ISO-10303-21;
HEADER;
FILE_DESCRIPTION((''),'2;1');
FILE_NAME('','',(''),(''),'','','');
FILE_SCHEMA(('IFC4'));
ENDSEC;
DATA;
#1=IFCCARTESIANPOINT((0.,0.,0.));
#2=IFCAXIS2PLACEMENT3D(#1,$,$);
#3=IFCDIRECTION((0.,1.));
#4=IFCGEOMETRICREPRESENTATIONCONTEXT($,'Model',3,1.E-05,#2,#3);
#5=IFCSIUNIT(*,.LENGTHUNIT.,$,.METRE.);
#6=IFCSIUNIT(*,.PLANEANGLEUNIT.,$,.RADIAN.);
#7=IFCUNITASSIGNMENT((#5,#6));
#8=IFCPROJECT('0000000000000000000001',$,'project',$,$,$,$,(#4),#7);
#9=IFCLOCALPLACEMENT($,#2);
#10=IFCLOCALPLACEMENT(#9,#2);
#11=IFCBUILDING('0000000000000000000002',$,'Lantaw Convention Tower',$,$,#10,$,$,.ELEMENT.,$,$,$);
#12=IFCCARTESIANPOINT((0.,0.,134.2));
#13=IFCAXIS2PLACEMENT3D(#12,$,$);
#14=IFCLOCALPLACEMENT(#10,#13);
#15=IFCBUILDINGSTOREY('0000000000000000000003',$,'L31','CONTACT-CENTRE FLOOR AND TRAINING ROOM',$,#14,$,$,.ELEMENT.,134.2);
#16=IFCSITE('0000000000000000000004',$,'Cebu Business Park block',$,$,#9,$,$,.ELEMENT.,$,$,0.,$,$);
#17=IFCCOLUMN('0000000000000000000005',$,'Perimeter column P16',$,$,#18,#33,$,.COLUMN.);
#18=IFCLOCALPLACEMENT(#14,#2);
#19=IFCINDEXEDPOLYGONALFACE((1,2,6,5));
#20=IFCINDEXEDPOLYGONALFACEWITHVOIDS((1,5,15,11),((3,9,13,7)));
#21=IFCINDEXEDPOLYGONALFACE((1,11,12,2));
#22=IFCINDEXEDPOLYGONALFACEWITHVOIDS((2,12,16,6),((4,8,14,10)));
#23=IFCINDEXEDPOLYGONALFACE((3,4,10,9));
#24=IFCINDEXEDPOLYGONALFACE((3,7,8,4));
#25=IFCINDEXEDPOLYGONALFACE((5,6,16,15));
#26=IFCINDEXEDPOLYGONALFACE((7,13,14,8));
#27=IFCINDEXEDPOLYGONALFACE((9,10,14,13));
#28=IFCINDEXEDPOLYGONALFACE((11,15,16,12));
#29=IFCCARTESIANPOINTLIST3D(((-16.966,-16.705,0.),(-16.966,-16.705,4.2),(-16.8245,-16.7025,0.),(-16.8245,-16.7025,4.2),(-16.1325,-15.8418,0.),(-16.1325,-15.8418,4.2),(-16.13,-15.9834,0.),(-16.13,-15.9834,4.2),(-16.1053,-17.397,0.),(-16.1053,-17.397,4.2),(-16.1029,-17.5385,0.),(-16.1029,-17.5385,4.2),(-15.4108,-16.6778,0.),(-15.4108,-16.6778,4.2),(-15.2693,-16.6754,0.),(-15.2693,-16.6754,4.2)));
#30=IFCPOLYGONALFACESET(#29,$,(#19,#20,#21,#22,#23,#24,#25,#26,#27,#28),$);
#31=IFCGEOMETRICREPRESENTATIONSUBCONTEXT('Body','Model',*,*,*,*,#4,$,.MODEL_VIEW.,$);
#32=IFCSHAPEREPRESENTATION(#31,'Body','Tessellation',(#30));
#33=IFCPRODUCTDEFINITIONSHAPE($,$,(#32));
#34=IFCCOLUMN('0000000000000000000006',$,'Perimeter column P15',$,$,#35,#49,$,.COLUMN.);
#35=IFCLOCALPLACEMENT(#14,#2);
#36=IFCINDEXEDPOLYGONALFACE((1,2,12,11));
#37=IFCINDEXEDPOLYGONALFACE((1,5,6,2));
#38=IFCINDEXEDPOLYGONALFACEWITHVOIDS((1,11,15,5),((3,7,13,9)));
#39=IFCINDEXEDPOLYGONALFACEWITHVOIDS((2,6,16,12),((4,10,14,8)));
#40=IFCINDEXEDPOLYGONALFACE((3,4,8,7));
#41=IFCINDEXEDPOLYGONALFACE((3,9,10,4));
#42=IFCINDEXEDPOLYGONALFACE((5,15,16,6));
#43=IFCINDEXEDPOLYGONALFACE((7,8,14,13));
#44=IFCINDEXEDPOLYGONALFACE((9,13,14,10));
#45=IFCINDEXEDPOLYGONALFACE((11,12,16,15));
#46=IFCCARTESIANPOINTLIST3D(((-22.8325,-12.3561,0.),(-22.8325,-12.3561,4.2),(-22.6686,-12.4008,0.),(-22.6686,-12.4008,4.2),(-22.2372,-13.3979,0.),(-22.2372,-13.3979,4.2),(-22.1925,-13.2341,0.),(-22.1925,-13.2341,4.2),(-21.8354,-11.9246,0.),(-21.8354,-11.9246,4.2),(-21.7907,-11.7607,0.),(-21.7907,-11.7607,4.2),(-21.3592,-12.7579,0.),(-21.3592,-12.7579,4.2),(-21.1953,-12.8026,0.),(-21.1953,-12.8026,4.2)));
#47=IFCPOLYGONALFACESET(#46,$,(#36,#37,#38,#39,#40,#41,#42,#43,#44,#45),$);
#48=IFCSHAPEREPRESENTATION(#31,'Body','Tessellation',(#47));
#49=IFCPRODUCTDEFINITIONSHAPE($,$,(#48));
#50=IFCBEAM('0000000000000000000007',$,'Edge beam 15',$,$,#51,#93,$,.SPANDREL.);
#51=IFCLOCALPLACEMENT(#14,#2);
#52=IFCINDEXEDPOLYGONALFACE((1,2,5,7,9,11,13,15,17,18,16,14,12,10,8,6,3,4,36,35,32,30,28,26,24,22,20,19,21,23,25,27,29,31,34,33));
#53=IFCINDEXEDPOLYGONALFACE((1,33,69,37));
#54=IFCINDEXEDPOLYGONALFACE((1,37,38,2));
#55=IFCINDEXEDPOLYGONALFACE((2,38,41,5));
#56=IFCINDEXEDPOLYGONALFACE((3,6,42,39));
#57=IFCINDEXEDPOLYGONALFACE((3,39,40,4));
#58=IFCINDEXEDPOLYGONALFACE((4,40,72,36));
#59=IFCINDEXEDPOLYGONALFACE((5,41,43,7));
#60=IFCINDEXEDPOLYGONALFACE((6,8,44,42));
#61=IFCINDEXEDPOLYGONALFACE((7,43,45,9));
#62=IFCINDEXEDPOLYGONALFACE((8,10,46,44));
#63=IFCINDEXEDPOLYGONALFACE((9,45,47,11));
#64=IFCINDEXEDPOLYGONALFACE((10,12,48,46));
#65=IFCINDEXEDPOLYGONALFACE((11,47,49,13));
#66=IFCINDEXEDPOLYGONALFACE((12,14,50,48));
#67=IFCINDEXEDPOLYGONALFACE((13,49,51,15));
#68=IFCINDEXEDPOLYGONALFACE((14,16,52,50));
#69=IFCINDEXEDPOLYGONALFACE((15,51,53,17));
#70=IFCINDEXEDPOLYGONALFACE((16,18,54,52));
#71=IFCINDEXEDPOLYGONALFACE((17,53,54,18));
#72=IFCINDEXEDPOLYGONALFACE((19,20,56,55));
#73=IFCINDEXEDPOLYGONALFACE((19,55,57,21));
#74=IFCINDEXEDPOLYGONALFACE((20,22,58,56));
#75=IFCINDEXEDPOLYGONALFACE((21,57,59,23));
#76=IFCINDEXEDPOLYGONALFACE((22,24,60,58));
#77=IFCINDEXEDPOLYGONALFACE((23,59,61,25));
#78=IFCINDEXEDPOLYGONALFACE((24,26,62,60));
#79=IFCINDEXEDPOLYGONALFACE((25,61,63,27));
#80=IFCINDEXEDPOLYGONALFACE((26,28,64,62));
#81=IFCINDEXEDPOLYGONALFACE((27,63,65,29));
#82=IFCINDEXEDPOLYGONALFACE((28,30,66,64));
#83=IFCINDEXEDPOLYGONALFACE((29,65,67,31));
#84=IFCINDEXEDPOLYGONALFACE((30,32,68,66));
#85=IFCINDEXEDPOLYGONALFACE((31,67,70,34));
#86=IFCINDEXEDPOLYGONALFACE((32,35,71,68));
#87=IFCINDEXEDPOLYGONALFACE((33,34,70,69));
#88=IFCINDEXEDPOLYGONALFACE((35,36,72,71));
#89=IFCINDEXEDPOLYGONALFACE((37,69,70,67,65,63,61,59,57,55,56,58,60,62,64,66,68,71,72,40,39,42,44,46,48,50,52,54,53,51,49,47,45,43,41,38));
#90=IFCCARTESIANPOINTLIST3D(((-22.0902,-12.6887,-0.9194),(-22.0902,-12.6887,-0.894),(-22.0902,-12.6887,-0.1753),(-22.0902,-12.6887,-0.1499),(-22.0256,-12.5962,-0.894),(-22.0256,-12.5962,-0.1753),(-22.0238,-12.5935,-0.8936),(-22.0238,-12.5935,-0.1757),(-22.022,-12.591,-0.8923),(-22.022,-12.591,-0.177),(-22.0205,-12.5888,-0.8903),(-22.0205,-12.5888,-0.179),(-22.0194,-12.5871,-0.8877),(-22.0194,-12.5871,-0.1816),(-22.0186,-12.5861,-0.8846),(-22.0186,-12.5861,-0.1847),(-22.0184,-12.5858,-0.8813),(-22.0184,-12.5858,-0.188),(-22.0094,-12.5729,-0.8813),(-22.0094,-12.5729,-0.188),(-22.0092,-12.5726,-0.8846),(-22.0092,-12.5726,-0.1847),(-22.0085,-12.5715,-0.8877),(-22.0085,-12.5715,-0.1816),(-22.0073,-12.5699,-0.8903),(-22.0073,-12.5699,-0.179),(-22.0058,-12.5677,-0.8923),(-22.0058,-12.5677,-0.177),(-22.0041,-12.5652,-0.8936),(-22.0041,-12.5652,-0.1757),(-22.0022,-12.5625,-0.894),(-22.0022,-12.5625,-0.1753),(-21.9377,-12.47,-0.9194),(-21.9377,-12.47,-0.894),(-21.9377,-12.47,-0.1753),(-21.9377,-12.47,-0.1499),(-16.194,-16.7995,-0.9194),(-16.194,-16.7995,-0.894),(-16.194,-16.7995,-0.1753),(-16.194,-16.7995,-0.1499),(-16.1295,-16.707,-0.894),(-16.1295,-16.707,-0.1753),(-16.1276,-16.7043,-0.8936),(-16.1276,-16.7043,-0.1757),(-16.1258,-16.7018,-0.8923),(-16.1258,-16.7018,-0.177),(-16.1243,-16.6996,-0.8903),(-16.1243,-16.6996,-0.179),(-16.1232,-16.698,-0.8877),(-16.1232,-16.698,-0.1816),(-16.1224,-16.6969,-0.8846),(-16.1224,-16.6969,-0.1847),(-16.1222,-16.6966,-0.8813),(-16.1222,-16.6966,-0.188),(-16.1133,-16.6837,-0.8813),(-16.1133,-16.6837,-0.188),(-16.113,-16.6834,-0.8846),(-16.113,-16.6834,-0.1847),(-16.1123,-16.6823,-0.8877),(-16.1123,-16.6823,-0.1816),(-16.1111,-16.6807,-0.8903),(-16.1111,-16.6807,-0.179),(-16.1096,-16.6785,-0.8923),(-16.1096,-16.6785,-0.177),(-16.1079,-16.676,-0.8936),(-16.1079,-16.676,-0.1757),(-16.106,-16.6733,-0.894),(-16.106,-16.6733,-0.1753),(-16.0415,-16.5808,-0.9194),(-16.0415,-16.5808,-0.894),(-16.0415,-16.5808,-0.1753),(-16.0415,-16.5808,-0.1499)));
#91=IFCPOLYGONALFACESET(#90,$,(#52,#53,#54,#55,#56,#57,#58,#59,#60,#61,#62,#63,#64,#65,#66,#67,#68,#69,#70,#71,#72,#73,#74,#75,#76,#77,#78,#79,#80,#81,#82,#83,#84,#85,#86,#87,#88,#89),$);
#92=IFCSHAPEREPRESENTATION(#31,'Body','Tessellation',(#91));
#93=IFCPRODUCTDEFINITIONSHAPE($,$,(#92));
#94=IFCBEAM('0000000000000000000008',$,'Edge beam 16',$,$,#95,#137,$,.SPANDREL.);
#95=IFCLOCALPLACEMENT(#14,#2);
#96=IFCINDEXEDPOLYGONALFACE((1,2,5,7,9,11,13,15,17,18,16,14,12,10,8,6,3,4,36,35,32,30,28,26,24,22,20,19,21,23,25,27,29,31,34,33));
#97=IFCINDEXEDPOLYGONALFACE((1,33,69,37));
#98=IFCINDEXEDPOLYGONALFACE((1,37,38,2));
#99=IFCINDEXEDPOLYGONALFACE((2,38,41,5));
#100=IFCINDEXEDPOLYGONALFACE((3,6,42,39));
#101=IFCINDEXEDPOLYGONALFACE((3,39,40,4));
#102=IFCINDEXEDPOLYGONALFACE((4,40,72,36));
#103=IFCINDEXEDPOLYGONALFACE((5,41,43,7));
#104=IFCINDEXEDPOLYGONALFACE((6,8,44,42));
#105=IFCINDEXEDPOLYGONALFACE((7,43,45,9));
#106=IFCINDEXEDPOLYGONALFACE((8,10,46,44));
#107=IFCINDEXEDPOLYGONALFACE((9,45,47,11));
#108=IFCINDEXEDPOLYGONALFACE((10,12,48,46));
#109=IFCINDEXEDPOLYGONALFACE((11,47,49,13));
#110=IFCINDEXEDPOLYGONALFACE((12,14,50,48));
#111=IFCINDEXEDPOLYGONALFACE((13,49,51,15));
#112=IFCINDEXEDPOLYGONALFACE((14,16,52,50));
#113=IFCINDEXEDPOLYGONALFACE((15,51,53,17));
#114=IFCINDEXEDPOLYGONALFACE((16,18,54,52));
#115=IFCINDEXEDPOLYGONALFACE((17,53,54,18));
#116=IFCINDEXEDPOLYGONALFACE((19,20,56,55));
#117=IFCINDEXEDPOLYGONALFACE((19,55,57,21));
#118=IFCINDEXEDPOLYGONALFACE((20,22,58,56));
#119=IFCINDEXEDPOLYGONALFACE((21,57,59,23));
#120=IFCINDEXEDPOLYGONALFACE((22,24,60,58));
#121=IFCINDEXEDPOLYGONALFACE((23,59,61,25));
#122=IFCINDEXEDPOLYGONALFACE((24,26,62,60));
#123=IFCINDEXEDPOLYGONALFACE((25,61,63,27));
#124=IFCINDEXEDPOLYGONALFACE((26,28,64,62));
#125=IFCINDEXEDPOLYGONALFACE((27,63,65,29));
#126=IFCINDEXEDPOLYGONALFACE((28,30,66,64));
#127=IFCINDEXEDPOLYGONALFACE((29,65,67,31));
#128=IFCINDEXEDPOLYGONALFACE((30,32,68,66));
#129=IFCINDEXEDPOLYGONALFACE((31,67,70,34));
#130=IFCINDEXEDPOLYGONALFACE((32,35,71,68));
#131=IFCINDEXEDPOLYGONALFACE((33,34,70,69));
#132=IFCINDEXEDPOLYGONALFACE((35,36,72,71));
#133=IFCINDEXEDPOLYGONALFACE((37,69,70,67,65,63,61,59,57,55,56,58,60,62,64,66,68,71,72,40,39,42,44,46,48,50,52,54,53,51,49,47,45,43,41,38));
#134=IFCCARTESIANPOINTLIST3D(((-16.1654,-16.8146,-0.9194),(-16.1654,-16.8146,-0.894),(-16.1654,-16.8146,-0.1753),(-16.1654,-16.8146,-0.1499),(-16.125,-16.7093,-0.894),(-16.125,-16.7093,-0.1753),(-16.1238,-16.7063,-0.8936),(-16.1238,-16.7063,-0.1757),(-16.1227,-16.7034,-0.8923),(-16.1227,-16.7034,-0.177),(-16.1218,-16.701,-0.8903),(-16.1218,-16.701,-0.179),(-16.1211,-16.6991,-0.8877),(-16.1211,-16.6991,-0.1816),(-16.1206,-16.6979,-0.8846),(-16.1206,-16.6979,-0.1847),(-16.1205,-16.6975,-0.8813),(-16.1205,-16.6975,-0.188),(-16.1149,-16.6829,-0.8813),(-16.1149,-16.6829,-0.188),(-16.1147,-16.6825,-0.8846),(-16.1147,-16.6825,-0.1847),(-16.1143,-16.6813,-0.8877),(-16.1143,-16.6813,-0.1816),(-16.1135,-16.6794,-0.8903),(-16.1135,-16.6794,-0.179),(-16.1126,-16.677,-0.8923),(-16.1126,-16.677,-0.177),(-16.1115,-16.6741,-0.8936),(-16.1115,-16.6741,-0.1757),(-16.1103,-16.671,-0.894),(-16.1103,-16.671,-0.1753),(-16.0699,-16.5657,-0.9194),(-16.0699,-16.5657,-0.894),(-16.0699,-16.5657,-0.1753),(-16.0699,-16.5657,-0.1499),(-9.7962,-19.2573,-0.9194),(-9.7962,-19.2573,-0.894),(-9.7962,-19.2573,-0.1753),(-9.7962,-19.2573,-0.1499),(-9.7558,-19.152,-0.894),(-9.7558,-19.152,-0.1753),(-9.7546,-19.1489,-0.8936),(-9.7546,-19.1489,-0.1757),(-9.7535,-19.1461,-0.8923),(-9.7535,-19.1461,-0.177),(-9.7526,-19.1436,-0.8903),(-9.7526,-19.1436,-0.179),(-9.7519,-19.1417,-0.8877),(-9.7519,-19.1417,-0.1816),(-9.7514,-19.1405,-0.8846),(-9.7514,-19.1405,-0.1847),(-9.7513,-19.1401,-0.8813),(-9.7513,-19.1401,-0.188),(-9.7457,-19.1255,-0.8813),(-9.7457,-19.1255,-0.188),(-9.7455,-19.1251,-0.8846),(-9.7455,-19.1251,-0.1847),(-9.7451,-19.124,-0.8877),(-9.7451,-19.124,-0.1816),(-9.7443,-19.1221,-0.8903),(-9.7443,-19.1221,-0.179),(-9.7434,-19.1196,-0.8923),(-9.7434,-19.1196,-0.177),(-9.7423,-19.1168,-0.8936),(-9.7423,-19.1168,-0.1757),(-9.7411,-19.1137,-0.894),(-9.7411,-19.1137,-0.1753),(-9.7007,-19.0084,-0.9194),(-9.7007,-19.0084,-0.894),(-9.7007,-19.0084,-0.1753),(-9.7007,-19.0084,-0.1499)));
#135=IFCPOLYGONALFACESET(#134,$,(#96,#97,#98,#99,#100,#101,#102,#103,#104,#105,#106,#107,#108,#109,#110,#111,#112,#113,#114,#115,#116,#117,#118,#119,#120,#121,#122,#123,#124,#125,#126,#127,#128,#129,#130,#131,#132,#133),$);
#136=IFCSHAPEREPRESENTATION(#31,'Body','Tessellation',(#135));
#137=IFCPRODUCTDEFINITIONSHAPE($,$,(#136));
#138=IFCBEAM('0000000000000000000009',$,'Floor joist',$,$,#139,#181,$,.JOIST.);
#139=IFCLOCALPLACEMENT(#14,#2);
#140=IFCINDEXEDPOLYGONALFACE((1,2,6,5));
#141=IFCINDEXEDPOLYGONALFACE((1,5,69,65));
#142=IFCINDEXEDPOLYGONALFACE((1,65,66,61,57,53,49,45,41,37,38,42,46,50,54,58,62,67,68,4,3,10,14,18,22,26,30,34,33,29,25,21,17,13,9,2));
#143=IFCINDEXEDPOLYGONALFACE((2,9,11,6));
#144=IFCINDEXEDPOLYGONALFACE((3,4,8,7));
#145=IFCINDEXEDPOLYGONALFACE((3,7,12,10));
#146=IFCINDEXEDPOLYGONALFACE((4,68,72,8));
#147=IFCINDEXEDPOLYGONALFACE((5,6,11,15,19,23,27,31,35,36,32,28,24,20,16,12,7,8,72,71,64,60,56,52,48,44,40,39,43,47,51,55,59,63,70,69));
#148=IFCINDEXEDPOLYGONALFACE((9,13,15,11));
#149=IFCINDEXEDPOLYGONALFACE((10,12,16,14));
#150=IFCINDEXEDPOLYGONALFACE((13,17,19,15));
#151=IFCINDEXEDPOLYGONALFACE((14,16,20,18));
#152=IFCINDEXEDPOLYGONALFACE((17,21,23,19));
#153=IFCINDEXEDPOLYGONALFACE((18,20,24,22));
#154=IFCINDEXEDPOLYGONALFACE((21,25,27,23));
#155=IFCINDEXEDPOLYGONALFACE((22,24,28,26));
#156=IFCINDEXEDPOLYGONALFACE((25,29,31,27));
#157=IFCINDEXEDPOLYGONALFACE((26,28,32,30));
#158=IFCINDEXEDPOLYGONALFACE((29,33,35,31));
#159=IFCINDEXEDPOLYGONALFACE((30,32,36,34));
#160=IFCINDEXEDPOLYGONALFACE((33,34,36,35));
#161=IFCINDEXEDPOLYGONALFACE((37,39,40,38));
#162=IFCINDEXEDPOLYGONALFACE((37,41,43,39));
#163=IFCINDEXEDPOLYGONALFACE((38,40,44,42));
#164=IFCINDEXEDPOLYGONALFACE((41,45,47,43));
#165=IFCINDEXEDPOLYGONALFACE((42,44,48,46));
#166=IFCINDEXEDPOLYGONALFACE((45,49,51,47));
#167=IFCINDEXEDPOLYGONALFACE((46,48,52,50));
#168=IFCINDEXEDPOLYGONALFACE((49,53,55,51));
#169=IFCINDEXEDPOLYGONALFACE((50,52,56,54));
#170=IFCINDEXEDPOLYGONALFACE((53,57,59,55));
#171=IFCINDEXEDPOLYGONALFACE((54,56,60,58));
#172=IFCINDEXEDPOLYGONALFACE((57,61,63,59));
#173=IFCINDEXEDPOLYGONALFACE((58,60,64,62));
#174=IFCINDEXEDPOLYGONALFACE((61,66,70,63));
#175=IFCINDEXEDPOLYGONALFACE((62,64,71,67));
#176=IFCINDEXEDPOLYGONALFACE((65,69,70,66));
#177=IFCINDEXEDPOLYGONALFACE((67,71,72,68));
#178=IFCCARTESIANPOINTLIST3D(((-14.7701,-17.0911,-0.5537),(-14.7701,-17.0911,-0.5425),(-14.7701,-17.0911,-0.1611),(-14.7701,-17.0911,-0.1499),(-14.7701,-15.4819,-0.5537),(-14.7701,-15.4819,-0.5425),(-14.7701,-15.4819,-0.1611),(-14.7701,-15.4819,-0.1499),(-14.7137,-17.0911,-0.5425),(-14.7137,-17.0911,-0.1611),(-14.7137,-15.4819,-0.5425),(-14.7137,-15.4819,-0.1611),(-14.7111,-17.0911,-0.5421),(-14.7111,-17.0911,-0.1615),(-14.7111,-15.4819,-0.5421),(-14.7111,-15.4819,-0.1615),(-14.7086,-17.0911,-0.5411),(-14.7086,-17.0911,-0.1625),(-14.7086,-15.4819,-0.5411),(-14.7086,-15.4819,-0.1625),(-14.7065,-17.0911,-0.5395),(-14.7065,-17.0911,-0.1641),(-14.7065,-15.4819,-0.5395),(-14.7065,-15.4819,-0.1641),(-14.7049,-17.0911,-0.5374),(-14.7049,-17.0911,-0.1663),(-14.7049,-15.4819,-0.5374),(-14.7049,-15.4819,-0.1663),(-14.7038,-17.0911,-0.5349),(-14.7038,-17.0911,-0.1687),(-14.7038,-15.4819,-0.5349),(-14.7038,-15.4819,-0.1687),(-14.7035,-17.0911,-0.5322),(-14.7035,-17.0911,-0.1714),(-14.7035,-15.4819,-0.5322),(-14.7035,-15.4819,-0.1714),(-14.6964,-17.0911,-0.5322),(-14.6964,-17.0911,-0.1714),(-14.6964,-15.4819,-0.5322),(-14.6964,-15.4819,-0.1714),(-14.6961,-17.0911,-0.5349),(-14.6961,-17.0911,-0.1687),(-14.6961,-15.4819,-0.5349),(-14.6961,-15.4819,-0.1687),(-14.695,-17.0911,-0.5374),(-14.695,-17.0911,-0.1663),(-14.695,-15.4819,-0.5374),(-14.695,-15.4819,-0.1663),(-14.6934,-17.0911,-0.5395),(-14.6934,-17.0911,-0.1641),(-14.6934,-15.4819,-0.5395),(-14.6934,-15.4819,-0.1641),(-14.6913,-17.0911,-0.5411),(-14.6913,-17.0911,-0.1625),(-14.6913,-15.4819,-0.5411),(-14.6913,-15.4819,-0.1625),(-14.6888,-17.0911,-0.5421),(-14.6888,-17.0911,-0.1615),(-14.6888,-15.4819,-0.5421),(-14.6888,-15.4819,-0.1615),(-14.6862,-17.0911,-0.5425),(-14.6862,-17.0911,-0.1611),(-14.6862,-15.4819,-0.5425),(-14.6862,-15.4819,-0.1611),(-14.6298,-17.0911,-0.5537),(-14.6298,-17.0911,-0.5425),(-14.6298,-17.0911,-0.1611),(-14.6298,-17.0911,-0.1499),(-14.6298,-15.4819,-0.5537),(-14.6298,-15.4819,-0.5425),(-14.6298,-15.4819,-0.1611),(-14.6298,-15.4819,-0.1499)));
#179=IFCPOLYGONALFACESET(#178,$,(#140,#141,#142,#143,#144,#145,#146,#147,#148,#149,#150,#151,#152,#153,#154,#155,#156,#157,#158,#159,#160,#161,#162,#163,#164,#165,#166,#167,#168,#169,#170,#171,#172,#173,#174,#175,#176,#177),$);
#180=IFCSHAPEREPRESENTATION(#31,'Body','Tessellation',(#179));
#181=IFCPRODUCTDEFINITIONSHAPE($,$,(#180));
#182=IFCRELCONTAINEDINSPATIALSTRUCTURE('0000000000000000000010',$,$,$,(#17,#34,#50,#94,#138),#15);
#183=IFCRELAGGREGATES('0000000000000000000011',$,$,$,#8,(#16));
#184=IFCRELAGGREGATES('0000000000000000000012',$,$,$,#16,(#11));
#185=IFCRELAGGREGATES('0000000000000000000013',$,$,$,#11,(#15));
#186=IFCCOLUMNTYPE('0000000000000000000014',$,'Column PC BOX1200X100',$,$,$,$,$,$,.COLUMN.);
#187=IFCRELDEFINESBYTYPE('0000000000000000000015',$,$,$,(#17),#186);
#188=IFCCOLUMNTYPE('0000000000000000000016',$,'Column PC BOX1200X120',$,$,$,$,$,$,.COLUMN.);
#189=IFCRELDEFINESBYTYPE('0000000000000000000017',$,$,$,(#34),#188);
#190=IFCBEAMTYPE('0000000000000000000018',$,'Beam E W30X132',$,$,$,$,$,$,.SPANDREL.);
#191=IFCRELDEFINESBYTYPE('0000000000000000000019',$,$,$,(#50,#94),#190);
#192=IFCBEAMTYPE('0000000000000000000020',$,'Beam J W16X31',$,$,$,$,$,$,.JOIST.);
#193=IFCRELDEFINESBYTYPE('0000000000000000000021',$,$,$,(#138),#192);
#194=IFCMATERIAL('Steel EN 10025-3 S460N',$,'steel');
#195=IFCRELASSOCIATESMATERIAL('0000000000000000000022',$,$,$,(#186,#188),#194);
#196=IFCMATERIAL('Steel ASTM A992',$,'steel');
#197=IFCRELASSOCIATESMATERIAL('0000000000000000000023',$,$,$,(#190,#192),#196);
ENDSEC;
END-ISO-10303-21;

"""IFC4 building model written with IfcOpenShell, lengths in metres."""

from ifc_helpers import new_model, si_unit, direction, frame, origin, origin_2d, place, context, subcontext, project, spatial, rectangle, hollow_rectangle, i_section, extrude, material, material_profile, profile_set, type_object, element, save


model = new_model("IFC4")

# Units and contexts
model_context = context("Model", 3, precision=1e-05, world=origin(), true_north=direction((0.0, 1.0)))
body_context = subcontext(model_context, "Body", "Model", "MODEL_VIEW")
ifc_project = project(units=[si_unit("LENGTHUNIT", "METRE"), si_unit("PLANEANGLEUNIT", "RADIAN")], contexts=[model_context])

# Site, building, storey
site_placement = place(None, origin())
site = spatial("IfcSite", under=ifc_project, at=site_placement, Name="Cebu Business Park block", CompositionType="ELEMENT", RefElevation=0.0)
building_placement = place(site_placement, origin())
building = spatial("IfcBuilding", under=site, at=building_placement, Name="Lantaw Convention Tower", CompositionType="ELEMENT")
storey_placement = place(building_placement, frame((0.0, 0.0, 134.2)))
storey = spatial("IfcBuildingStorey", under=building, at=storey_placement, Name="L31", Description="CONTACT-CENTRE FLOOR AND TRAINING ROOM", CompositionType="ELEMENT", Elevation=134.2)

# Columns
ifc_material_1 = material(Name="Steel EN 10025-3 S460N", Category="steel")
ifc_material_profile_1 = material_profile(ifc_material_1, hollow_rectangle(XDim=1.2, YDim=1.2, WallThickness=0.1001, at=origin_2d()), Name="BOX1200X100")
ifc_material_2 = material(Name="Concrete C60/75", Category="concrete")
ifc_material_profile_2 = material_profile(ifc_material_2, rectangle(XDim=1.0, YDim=1.0, at=origin_2d()), Name="Concrete fill of BOX1200X100")
ifc_profile_set_1 = profile_set([ifc_material_profile_1, ifc_material_profile_2], Name="Steel EN 10025-3 S460N")
column_type_1 = type_object("IfcColumnType", Name="Column PC BOX1200X100", PredefinedType="COLUMN", material=ifc_profile_set_1)
column_1_placement = place(storey_placement, frame((-16.1177, -16.6902, 0.0), z_axis=(0.0, 0.0, 1.0), x_axis=(0.694658, 0.71934, 0.0)))
element("IfcColumn", 1, at=column_1_placement, inside=storey, type_object=column_type_1, Name="Perimeter column P16", PredefinedType="COLUMN", context=body_context, shape_type="SweptSolid", body=[
    extrude(hollow_rectangle(XDim=1.2, YDim=1.2, WallThickness=0.1001, at=origin_2d()), origin(), (0.0, 0.0, 1.0), 4.2),
])
ifc_material_profile_3 = material_profile(ifc_material_1, hollow_rectangle(XDim=1.2, YDim=1.2, WallThickness=0.1201, at=origin_2d()), Name="BOX1200X120")
ifc_material_profile_4 = material_profile(ifc_material_2, rectangle(XDim=0.96, YDim=0.96, at=origin_2d()), Name="Concrete fill of BOX1200X120")
ifc_profile_set_2 = profile_set([ifc_material_profile_3, ifc_material_profile_4], Name="Steel EN 10025-3 S460N")
column_type_2 = type_object("IfcColumnType", Name="Column PC BOX1200X120", PredefinedType="COLUMN", material=ifc_profile_set_2)
column_2_placement = place(storey_placement, frame((-22.0139, -12.5793, 0.0), z_axis=(0.0, 0.0, 1.0), x_axis=(0.868243, 0.496139, 0.0)))
element("IfcColumn", 2, at=column_2_placement, inside=storey, type_object=column_type_2, Name="Perimeter column P15", PredefinedType="COLUMN", context=body_context, shape_type="SweptSolid", body=[
    extrude(hollow_rectangle(XDim=1.2, YDim=1.2, WallThickness=0.1201, at=origin_2d()), origin(), (0.0, 0.0, 1.0), 4.2),
])

# Beams
ifc_material_3 = material(Name="Steel ASTM A992", Category="steel")
ifc_material_profile_5 = material_profile(ifc_material_3, i_section(OverallWidth=0.2666, OverallDepth=0.7695, WebThickness=0.0156, FlangeThickness=0.0254, FilletRadius=0.0127, at=origin_2d()), Name="W30X132")
ifc_profile_set_3 = profile_set([ifc_material_profile_5], Name="Steel ASTM A992")
beam_type_1 = type_object("IfcBeamType", Name="Beam E W30X132", PredefinedType="SPANDREL", material=ifc_profile_set_3)
beam_1_placement = place(storey_placement, frame((-22.0139, -12.5793, -0.5347), z_axis=(0.820311, -0.571918, 0.0), x_axis=(0.571918, 0.820311, 0.0)))
element("IfcBeam", 3, at=beam_1_placement, inside=storey, type_object=beam_type_1, Name="Edge beam 15", PredefinedType="SPANDREL", context=body_context, shape_type="SweptSolid", body=[
    extrude(i_section(OverallWidth=0.2666, OverallDepth=0.7695, WebThickness=0.0156, FlangeThickness=0.0254, FilletRadius=0.0127, at=origin_2d()), origin(), (0.0, 0.0, 1.0), 7.1877),
])
beam_2_placement = place(storey_placement, frame((-16.1177, -16.6902, -0.5347), z_axis=(0.933691, -0.35808, 0.0), x_axis=(0.35808, 0.933691, 0.0)))
element("IfcBeam", 4, at=beam_2_placement, inside=storey, type_object=beam_type_1, Name="Edge beam 16", PredefinedType="SPANDREL", context=body_context, shape_type="SweptSolid", body=[
    extrude(i_section(OverallWidth=0.2666, OverallDepth=0.7695, WebThickness=0.0156, FlangeThickness=0.0254, FilletRadius=0.0127, at=origin_2d()), origin(), (0.0, 0.0, 1.0), 6.8215),
])
ifc_material_profile_6 = material_profile(ifc_material_3, i_section(OverallWidth=0.1404, OverallDepth=0.4038, WebThickness=0.0071, FlangeThickness=0.0112, FilletRadius=0.0103, at=origin_2d()), Name="W16X31")
ifc_profile_set_4 = profile_set([ifc_material_profile_6], Name="Steel ASTM A992")
beam_type_2 = type_object("IfcBeamType", Name="Beam J W16X31", PredefinedType="JOIST", material=ifc_profile_set_4)
beam_3_placement = place(storey_placement, frame((-14.7, -17.0911, -0.3518), z_axis=(0.0, 1.0, 0.0), x_axis=(-1.0, 0.0, 0.0)))
element("IfcBeam", 5, at=beam_3_placement, inside=storey, type_object=beam_type_2, Name="Floor joist", PredefinedType="JOIST", context=body_context, shape_type="SweptSolid", body=[
    extrude(i_section(OverallWidth=0.1404, OverallDepth=0.4038, WebThickness=0.0071, FlangeThickness=0.0112, FilletRadius=0.0103, at=origin_2d()), origin(), (0.0, 0.0, 1.0), 1.6091),
])

save(model, "model.ifc")
